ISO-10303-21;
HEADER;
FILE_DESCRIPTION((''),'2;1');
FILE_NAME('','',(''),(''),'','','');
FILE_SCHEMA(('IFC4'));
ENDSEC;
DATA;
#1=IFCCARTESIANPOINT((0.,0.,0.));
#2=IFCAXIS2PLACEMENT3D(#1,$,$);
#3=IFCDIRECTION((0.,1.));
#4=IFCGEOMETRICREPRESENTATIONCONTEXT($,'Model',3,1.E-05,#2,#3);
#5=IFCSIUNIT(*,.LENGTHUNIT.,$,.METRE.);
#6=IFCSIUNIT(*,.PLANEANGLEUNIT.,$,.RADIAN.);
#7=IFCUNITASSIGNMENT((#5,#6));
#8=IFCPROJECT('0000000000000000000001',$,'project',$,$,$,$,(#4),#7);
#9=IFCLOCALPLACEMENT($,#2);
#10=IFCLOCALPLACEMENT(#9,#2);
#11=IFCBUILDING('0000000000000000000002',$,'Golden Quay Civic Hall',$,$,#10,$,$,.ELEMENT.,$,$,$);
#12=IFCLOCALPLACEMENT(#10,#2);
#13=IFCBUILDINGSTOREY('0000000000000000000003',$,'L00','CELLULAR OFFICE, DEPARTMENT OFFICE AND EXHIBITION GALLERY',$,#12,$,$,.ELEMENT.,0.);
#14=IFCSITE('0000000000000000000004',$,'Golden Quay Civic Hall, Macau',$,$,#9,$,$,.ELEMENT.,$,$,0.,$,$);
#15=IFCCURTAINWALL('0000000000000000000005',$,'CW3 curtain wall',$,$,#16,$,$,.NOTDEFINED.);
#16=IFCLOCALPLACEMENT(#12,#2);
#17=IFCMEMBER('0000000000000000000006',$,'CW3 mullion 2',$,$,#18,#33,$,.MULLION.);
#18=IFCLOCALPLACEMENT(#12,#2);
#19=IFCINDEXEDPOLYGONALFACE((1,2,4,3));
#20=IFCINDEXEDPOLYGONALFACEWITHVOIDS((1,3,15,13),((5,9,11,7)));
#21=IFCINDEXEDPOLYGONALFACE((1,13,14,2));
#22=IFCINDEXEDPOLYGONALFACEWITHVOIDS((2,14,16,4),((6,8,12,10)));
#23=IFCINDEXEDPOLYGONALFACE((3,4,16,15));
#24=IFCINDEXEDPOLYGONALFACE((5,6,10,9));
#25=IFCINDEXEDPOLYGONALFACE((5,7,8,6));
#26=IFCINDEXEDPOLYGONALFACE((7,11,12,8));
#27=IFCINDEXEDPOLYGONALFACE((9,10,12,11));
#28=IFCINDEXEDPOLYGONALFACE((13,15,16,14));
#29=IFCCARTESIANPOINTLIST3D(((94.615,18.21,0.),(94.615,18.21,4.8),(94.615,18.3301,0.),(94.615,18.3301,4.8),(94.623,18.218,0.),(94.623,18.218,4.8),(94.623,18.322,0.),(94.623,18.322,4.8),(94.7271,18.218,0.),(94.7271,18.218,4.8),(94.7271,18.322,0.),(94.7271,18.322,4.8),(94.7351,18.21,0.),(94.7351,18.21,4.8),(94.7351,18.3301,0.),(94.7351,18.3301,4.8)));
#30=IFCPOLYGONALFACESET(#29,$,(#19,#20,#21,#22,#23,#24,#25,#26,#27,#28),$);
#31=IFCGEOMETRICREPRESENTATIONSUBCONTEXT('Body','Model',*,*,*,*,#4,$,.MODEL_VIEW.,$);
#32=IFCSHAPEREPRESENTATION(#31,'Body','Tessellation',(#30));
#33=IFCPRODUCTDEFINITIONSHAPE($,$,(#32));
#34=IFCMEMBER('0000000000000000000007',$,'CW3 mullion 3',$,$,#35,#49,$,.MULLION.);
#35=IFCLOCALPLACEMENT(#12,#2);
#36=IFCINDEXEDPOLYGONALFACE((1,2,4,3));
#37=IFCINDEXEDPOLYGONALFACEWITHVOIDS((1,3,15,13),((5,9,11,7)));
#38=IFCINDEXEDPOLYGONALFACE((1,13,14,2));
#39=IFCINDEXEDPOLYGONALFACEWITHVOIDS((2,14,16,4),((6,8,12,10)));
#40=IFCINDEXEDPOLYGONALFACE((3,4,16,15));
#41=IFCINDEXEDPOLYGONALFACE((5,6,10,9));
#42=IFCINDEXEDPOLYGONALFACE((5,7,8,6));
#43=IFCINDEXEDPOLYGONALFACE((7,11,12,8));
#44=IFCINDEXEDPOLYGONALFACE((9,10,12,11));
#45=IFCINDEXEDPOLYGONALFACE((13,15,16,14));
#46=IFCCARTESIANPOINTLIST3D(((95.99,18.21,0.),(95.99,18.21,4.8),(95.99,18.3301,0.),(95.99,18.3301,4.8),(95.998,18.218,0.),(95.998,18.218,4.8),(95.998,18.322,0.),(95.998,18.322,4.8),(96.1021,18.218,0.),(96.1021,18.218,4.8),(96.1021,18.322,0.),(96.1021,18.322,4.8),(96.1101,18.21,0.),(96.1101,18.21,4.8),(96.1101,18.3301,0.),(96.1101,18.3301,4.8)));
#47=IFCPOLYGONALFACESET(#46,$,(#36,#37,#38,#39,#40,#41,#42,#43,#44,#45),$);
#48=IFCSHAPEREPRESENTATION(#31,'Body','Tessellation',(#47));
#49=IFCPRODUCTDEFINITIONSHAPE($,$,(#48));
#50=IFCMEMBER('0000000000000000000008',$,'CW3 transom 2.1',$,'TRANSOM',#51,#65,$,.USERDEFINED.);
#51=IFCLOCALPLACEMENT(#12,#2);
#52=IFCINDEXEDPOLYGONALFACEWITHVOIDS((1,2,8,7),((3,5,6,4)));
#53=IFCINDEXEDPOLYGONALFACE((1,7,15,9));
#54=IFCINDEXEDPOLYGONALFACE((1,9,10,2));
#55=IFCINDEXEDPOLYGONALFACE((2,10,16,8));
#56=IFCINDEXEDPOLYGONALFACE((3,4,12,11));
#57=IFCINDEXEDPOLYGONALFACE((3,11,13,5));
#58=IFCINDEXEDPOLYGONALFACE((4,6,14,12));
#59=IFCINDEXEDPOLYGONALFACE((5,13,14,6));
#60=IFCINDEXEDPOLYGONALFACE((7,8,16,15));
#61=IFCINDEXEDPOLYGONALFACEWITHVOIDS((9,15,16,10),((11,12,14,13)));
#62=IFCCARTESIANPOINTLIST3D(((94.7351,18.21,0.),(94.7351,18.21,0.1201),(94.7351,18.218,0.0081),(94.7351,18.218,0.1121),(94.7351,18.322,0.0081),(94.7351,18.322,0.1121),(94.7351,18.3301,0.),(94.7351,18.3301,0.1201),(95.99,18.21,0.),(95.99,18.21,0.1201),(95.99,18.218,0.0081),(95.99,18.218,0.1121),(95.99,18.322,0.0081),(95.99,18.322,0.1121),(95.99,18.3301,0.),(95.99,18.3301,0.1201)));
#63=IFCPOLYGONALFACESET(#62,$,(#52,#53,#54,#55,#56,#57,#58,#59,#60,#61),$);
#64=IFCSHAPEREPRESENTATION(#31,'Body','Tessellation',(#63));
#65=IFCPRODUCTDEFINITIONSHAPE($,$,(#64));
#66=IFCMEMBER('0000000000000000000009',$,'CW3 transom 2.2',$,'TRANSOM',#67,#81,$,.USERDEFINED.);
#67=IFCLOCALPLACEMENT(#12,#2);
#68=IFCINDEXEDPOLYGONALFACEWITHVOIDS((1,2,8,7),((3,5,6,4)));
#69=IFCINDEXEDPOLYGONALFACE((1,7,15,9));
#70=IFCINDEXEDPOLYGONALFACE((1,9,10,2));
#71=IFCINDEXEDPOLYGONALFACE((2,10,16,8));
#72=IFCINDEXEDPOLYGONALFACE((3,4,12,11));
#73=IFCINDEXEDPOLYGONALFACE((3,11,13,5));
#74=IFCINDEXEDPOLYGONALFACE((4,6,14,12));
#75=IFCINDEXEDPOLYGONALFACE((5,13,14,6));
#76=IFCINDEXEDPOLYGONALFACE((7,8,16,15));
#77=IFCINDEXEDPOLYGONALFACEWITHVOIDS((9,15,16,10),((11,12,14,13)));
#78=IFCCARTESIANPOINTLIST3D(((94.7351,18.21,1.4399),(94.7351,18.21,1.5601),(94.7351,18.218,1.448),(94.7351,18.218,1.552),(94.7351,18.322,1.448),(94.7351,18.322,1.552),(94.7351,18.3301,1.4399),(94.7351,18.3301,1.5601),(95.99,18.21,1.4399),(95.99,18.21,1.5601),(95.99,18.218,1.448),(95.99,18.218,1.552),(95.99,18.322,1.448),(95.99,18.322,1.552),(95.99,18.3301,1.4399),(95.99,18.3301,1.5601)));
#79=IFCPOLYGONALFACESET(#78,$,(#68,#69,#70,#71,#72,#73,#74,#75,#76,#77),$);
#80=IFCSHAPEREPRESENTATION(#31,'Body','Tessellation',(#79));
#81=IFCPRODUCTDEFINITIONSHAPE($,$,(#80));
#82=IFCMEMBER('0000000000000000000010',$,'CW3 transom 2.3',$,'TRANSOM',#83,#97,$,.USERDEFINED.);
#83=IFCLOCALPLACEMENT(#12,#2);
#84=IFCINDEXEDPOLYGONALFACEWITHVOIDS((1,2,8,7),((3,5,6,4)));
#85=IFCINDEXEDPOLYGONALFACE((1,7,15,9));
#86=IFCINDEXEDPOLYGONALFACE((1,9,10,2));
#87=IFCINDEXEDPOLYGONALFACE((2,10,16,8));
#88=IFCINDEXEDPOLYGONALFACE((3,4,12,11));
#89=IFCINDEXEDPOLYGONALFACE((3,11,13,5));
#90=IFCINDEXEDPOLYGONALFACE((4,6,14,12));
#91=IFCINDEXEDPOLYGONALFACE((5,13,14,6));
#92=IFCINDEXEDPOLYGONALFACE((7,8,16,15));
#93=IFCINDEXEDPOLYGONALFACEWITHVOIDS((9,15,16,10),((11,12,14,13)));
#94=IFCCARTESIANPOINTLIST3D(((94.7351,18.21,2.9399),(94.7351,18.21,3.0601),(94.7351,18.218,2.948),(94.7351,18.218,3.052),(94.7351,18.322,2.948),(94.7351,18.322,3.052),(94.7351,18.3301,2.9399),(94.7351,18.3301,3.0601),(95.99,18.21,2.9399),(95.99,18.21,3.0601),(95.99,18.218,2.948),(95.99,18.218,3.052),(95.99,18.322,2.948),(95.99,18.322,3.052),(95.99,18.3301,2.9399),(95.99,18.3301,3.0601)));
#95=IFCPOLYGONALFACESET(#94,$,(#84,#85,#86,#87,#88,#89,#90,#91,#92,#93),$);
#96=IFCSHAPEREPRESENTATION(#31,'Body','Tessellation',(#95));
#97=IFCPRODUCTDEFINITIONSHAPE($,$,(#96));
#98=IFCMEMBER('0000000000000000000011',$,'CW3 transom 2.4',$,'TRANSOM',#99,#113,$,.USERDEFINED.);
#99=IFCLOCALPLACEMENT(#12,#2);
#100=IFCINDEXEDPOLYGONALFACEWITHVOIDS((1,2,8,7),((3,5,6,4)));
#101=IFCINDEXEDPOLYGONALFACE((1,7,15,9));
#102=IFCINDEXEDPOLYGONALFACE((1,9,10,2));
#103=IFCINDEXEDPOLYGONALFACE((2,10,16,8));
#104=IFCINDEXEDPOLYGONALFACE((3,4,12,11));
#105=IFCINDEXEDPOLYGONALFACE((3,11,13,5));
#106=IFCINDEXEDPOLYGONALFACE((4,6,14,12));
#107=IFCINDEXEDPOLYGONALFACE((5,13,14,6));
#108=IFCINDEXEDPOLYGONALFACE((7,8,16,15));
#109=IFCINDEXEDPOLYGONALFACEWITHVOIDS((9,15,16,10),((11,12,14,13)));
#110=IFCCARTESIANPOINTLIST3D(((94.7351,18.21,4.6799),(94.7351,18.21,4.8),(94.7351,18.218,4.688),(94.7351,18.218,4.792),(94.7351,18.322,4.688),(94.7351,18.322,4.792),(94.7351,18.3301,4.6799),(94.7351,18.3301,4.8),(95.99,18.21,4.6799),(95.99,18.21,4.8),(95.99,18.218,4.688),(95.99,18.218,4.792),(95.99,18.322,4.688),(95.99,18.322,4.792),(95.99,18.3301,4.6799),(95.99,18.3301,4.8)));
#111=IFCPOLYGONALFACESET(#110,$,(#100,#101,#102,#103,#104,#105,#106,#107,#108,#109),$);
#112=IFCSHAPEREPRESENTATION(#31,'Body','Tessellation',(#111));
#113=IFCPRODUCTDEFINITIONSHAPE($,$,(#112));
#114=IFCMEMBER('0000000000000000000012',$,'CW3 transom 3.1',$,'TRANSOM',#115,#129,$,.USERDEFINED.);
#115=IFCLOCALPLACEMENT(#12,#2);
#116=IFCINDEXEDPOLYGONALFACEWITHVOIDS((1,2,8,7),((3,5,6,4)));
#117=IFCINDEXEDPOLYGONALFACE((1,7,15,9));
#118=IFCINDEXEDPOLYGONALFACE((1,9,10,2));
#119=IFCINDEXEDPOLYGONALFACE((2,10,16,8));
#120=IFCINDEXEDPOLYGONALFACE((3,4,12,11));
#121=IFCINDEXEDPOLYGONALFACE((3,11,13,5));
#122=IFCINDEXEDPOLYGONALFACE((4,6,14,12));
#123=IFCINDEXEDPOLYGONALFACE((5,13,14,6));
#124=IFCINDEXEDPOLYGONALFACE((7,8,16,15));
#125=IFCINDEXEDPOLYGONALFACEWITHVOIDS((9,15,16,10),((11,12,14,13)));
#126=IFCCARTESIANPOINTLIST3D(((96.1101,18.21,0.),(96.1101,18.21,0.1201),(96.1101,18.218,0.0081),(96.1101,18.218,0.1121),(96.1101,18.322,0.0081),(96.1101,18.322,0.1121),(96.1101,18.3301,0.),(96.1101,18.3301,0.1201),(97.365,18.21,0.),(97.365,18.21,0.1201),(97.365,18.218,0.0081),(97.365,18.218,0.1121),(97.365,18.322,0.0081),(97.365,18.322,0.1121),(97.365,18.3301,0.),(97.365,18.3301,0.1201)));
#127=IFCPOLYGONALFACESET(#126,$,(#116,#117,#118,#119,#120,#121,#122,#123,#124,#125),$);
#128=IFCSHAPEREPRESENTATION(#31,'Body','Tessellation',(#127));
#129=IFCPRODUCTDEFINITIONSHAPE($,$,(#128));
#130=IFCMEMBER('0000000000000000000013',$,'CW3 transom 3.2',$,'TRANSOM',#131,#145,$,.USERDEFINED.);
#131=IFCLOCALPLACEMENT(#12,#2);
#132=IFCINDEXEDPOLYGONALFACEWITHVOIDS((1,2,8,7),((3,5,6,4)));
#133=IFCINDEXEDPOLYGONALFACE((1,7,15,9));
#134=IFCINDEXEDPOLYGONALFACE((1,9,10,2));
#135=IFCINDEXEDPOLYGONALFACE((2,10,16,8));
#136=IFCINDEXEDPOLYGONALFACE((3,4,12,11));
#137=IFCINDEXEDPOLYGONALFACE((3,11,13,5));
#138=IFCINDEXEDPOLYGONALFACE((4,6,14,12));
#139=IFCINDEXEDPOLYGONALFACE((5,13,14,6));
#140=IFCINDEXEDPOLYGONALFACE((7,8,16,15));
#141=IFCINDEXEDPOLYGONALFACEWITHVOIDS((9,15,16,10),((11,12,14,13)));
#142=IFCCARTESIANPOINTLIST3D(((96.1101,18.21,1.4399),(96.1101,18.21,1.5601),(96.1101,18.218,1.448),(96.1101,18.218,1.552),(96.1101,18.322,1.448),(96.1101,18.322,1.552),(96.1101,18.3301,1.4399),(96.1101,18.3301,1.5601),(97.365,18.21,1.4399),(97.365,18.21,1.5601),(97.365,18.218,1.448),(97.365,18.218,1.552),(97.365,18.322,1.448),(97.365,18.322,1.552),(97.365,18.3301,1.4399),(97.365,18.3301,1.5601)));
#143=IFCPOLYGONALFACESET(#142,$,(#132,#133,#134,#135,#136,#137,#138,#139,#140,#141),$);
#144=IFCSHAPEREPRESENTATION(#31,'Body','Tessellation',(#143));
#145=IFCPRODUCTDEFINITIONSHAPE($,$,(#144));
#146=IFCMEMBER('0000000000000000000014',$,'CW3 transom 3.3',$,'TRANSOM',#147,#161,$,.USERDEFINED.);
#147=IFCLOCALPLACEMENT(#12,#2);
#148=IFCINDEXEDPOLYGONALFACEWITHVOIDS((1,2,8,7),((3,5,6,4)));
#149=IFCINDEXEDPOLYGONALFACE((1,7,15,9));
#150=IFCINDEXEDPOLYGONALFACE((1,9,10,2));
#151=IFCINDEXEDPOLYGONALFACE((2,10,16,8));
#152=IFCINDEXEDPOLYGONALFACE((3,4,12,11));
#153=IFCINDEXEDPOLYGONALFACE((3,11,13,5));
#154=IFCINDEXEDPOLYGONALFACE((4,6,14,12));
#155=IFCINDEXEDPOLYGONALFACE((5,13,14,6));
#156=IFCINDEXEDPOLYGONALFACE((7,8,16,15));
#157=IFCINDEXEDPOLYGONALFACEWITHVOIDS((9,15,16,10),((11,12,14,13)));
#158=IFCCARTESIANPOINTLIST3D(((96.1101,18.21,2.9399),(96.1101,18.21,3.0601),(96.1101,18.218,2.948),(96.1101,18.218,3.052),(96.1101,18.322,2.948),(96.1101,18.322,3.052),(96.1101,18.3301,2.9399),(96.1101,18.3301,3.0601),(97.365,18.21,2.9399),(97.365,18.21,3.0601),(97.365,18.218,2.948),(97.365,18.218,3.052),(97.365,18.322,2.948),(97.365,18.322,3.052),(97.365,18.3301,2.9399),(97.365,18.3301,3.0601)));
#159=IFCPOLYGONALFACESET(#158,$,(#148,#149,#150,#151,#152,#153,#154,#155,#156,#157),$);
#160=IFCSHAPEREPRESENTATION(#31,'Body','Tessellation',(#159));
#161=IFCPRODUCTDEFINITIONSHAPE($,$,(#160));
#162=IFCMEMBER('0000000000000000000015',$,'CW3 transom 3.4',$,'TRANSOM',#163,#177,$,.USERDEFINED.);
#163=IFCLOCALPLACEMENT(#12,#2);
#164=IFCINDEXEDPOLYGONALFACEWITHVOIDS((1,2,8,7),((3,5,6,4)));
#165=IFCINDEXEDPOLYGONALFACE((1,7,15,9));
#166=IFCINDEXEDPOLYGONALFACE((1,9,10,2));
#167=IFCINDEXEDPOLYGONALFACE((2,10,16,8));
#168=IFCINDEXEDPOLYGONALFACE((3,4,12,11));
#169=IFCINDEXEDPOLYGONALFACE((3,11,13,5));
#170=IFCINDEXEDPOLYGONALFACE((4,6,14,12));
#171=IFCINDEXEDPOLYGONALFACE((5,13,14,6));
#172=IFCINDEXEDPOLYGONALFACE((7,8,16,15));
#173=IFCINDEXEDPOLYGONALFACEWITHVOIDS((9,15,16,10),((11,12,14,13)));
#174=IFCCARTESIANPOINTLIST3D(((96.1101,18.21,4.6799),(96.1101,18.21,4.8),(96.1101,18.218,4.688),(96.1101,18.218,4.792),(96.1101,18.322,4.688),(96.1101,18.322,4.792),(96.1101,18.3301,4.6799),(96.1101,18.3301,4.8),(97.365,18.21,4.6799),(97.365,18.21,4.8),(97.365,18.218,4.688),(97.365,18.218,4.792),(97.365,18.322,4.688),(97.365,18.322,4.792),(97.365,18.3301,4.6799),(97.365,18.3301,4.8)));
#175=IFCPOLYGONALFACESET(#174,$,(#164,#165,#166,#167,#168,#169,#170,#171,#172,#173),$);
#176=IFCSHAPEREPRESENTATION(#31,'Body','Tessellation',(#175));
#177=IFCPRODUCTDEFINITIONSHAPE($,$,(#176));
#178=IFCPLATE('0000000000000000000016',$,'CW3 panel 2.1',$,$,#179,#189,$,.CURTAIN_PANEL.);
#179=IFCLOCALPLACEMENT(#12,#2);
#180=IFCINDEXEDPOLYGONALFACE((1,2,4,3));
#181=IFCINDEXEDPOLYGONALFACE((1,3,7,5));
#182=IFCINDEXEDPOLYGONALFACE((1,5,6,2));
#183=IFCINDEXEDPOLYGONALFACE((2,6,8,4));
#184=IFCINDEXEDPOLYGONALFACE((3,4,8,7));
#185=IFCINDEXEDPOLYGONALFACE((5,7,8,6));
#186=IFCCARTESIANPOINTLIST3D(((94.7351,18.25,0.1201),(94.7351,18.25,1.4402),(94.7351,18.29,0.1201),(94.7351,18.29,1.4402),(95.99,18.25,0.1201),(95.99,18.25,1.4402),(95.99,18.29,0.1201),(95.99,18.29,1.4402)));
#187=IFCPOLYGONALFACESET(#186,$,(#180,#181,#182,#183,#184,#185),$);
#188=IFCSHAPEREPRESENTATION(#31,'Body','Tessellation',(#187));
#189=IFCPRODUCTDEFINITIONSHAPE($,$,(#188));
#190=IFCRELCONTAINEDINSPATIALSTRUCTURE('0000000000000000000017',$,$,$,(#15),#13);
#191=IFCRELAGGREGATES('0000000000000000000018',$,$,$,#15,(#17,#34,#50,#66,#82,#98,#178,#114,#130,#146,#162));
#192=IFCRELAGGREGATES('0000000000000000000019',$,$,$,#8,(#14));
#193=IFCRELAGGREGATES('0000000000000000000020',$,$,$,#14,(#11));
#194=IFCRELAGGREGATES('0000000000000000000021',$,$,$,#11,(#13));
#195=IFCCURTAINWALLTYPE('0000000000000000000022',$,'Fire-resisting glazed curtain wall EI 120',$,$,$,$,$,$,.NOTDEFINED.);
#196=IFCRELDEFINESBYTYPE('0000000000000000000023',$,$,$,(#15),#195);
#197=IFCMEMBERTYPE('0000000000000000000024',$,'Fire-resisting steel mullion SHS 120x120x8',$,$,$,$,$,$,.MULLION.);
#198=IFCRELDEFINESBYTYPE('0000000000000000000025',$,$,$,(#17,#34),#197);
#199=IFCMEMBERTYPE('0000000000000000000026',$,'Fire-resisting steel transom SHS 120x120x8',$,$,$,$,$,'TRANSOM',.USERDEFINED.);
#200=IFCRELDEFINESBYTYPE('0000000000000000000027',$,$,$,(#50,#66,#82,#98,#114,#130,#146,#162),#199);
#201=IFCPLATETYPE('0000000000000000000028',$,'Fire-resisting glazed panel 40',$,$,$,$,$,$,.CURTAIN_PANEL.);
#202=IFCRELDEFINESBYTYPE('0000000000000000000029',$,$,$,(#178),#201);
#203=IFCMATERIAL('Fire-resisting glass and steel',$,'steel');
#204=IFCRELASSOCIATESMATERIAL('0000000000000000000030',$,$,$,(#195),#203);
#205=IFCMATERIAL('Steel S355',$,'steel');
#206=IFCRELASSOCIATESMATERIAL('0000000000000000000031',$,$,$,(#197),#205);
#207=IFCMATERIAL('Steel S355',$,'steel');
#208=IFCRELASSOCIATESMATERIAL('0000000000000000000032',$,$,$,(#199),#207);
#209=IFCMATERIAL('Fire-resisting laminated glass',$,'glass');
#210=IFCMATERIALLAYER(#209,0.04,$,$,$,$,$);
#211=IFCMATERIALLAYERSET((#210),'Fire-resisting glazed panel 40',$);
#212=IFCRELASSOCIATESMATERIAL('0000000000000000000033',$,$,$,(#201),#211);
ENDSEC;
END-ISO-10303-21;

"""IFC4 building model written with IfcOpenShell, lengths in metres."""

from ifc_helpers import new_model, si_unit, direction, frame, origin, origin_2d, place, context, subcontext, project, spatial, rectangle, hollow_rectangle, extrude, material, layer, layer_set, material_profile, profile_set, type_object, element, aggregate, save


model = new_model("IFC4")

# Units and contexts
model_context = context("Model", 3, precision=1e-05, world=origin(), true_north=direction((0.0, 1.0)))
body_context = subcontext(model_context, "Body", "Model", "MODEL_VIEW")
ifc_project = project(units=[si_unit("LENGTHUNIT", "METRE"), si_unit("PLANEANGLEUNIT", "RADIAN")], contexts=[model_context])

# Site, building, storey
site_placement = place(None, origin())
site = spatial("IfcSite", under=ifc_project, at=site_placement, Name="Golden Quay Civic Hall, Macau", CompositionType="ELEMENT", RefElevation=0.0)
building_placement = place(site_placement, origin())
building = spatial("IfcBuilding", under=site, at=building_placement, Name="Golden Quay Civic Hall", CompositionType="ELEMENT")
storey_placement = place(building_placement, origin())
storey = spatial("IfcBuildingStorey", under=building, at=storey_placement, Name="L00", Description="CELLULAR OFFICE, DEPARTMENT OFFICE AND EXHIBITION GALLERY", CompositionType="ELEMENT", Elevation=0.0)

# Curtain wall, members, plate
ifc_material_1 = material(Name="Fire-resisting glass and steel", Category="steel")
curtain_wall_type = type_object("IfcCurtainWallType", Name="Fire-resisting glazed curtain wall EI 120", PredefinedType="NOTDEFINED", material=ifc_material_1)
curtain_wall_placement = place(storey_placement, origin())
curtain_wall = element("IfcCurtainWall", 1, at=curtain_wall_placement, inside=storey, type_object=curtain_wall_type, Name="CW3 curtain wall", PredefinedType="NOTDEFINED")
ifc_material_2 = material(Name="Steel S355", Category="steel")
ifc_material_profile_1 = material_profile(ifc_material_2, hollow_rectangle(XDim=0.1201, YDim=0.1201, WallThickness=0.0081, at=origin_2d()), Name="SHS 120x120x8")
ifc_profile_set_1 = profile_set([ifc_material_profile_1], Name="Steel S355")
member_type_1 = type_object("IfcMemberType", Name="Fire-resisting steel mullion SHS 120x120x8", PredefinedType="MULLION", material=ifc_profile_set_1)
member_1_placement = place(storey_placement, frame((94.675, 18.27, 0.0), z_axis=(0.0, 0.0, 1.0), x_axis=(0.0, 1.0, 0.0)))
member_1 = element("IfcMember", 2, at=member_1_placement, type_object=member_type_1, Name="CW3 mullion 2", PredefinedType="MULLION", context=body_context, shape_type="SweptSolid", body=[
    extrude(hollow_rectangle(XDim=0.1201, YDim=0.1201, WallThickness=0.0081, at=origin_2d()), origin(), (0.0, 0.0, 1.0), 4.8),
])
member_2_placement = place(storey_placement, frame((96.05, 18.27, 0.0), z_axis=(0.0, 0.0, 1.0), x_axis=(0.0, 1.0, 0.0)))
member_2 = element("IfcMember", 3, at=member_2_placement, type_object=member_type_1, Name="CW3 mullion 3", PredefinedType="MULLION", context=body_context, shape_type="SweptSolid", body=[
    extrude(hollow_rectangle(XDim=0.1201, YDim=0.1201, WallThickness=0.0081, at=origin_2d()), origin(), (0.0, 0.0, 1.0), 4.8),
])
ifc_material_3 = material(Name="Steel S355", Category="steel")
ifc_material_profile_2 = material_profile(ifc_material_3, hollow_rectangle(XDim=0.1201, YDim=0.1201, WallThickness=0.0081, at=origin_2d()), Name="SHS 120x120x8")
ifc_profile_set_2 = profile_set([ifc_material_profile_2], Name="Steel S355")
member_type_2 = type_object("IfcMemberType", Name="Fire-resisting steel transom SHS 120x120x8", ElementType="TRANSOM", PredefinedType="USERDEFINED", material=ifc_profile_set_2)
member_3_placement = place(storey_placement, frame((94.7351, 18.27, 0.0601), z_axis=(1.0, 0.0, 0.0), x_axis=(0.0, 1.0, 0.0)))
member_3 = element("IfcMember", 4, at=member_3_placement, type_object=member_type_2, Name="CW3 transom 2.1", ObjectType="TRANSOM", PredefinedType="USERDEFINED", context=body_context, shape_type="SweptSolid", body=[
    extrude(hollow_rectangle(XDim=0.1201, YDim=0.1201, WallThickness=0.0081, at=origin_2d()), origin(), (0.0, 0.0, 1.0), 1.2549),
])
member_4_placement = place(storey_placement, frame((94.7351, 18.27, 1.5), z_axis=(1.0, 0.0, 0.0), x_axis=(0.0, 1.0, 0.0)))
member_4 = element("IfcMember", 5, at=member_4_placement, type_object=member_type_2, Name="CW3 transom 2.2", ObjectType="TRANSOM", PredefinedType="USERDEFINED", context=body_context, shape_type="SweptSolid", body=[
    extrude(hollow_rectangle(XDim=0.1201, YDim=0.1201, WallThickness=0.0081, at=origin_2d()), origin(), (0.0, 0.0, 1.0), 1.2549),
])
member_5_placement = place(storey_placement, frame((94.7351, 18.27, 3.0), z_axis=(1.0, 0.0, 0.0), x_axis=(0.0, 1.0, 0.0)))
member_5 = element("IfcMember", 6, at=member_5_placement, type_object=member_type_2, Name="CW3 transom 2.3", ObjectType="TRANSOM", PredefinedType="USERDEFINED", context=body_context, shape_type="SweptSolid", body=[
    extrude(hollow_rectangle(XDim=0.1201, YDim=0.1201, WallThickness=0.0081, at=origin_2d()), origin(), (0.0, 0.0, 1.0), 1.2549),
])
member_6_placement = place(storey_placement, frame((94.7351, 18.27, 4.74), z_axis=(1.0, 0.0, 0.0), x_axis=(0.0, 1.0, 0.0)))
member_6 = element("IfcMember", 7, at=member_6_placement, type_object=member_type_2, Name="CW3 transom 2.4", ObjectType="TRANSOM", PredefinedType="USERDEFINED", context=body_context, shape_type="SweptSolid", body=[
    extrude(hollow_rectangle(XDim=0.1201, YDim=0.1201, WallThickness=0.0081, at=origin_2d()), origin(), (0.0, 0.0, 1.0), 1.2549),
])
member_7_placement = place(storey_placement, frame((96.1101, 18.27, 0.0601), z_axis=(1.0, 0.0, 0.0), x_axis=(0.0, 1.0, 0.0)))
member_7 = element("IfcMember", 8, at=member_7_placement, type_object=member_type_2, Name="CW3 transom 3.1", ObjectType="TRANSOM", PredefinedType="USERDEFINED", context=body_context, shape_type="SweptSolid", body=[
    extrude(hollow_rectangle(XDim=0.1201, YDim=0.1201, WallThickness=0.0081, at=origin_2d()), origin(), (0.0, 0.0, 1.0), 1.2549),
])
member_8_placement = place(storey_placement, frame((96.1101, 18.27, 1.5), z_axis=(1.0, 0.0, 0.0), x_axis=(0.0, 1.0, 0.0)))
member_8 = element("IfcMember", 9, at=member_8_placement, type_object=member_type_2, Name="CW3 transom 3.2", ObjectType="TRANSOM", PredefinedType="USERDEFINED", context=body_context, shape_type="SweptSolid", body=[
    extrude(hollow_rectangle(XDim=0.1201, YDim=0.1201, WallThickness=0.0081, at=origin_2d()), origin(), (0.0, 0.0, 1.0), 1.2549),
])
member_9_placement = place(storey_placement, frame((96.1101, 18.27, 3.0), z_axis=(1.0, 0.0, 0.0), x_axis=(0.0, 1.0, 0.0)))
member_9 = element("IfcMember", 10, at=member_9_placement, type_object=member_type_2, Name="CW3 transom 3.3", ObjectType="TRANSOM", PredefinedType="USERDEFINED", context=body_context, shape_type="SweptSolid", body=[
    extrude(hollow_rectangle(XDim=0.1201, YDim=0.1201, WallThickness=0.0081, at=origin_2d()), origin(), (0.0, 0.0, 1.0), 1.2549),
])
member_10_placement = place(storey_placement, frame((96.1101, 18.27, 4.74), z_axis=(1.0, 0.0, 0.0), x_axis=(0.0, 1.0, 0.0)))
member_10 = element("IfcMember", 11, at=member_10_placement, type_object=member_type_2, Name="CW3 transom 3.4", ObjectType="TRANSOM", PredefinedType="USERDEFINED", context=body_context, shape_type="SweptSolid", body=[
    extrude(hollow_rectangle(XDim=0.1201, YDim=0.1201, WallThickness=0.0081, at=origin_2d()), origin(), (0.0, 0.0, 1.0), 1.2549),
])
ifc_material_4 = material(Name="Fire-resisting laminated glass", Category="glass")
ifc_layer = layer(ifc_material_4, 0.04)
ifc_layer_set = layer_set([ifc_layer], Name="Fire-resisting glazed panel 40")
plate_type = type_object("IfcPlateType", Name="Fire-resisting glazed panel 40", PredefinedType="CURTAIN_PANEL", material=ifc_layer_set)
plate_1_placement = place(storey_placement, frame((95.3625, 18.27, 0.1201), z_axis=(0.0, 0.0, 1.0), x_axis=(1.0, 0.0, 0.0)))
plate_1 = element("IfcPlate", 12, at=plate_1_placement, type_object=plate_type, Name="CW3 panel 2.1", PredefinedType="CURTAIN_PANEL", context=body_context, shape_type="SweptSolid", body=[
    extrude(rectangle(XDim=1.2549, YDim=0.04, at=origin_2d()), origin(), (0.0, 0.0, 1.0), 1.3201),
])
aggregate(curtain_wall, [member_1, member_2, member_3, member_4, member_5, member_6, plate_1, member_7, member_8, member_9, member_10])

save(model, "model.ifc")
